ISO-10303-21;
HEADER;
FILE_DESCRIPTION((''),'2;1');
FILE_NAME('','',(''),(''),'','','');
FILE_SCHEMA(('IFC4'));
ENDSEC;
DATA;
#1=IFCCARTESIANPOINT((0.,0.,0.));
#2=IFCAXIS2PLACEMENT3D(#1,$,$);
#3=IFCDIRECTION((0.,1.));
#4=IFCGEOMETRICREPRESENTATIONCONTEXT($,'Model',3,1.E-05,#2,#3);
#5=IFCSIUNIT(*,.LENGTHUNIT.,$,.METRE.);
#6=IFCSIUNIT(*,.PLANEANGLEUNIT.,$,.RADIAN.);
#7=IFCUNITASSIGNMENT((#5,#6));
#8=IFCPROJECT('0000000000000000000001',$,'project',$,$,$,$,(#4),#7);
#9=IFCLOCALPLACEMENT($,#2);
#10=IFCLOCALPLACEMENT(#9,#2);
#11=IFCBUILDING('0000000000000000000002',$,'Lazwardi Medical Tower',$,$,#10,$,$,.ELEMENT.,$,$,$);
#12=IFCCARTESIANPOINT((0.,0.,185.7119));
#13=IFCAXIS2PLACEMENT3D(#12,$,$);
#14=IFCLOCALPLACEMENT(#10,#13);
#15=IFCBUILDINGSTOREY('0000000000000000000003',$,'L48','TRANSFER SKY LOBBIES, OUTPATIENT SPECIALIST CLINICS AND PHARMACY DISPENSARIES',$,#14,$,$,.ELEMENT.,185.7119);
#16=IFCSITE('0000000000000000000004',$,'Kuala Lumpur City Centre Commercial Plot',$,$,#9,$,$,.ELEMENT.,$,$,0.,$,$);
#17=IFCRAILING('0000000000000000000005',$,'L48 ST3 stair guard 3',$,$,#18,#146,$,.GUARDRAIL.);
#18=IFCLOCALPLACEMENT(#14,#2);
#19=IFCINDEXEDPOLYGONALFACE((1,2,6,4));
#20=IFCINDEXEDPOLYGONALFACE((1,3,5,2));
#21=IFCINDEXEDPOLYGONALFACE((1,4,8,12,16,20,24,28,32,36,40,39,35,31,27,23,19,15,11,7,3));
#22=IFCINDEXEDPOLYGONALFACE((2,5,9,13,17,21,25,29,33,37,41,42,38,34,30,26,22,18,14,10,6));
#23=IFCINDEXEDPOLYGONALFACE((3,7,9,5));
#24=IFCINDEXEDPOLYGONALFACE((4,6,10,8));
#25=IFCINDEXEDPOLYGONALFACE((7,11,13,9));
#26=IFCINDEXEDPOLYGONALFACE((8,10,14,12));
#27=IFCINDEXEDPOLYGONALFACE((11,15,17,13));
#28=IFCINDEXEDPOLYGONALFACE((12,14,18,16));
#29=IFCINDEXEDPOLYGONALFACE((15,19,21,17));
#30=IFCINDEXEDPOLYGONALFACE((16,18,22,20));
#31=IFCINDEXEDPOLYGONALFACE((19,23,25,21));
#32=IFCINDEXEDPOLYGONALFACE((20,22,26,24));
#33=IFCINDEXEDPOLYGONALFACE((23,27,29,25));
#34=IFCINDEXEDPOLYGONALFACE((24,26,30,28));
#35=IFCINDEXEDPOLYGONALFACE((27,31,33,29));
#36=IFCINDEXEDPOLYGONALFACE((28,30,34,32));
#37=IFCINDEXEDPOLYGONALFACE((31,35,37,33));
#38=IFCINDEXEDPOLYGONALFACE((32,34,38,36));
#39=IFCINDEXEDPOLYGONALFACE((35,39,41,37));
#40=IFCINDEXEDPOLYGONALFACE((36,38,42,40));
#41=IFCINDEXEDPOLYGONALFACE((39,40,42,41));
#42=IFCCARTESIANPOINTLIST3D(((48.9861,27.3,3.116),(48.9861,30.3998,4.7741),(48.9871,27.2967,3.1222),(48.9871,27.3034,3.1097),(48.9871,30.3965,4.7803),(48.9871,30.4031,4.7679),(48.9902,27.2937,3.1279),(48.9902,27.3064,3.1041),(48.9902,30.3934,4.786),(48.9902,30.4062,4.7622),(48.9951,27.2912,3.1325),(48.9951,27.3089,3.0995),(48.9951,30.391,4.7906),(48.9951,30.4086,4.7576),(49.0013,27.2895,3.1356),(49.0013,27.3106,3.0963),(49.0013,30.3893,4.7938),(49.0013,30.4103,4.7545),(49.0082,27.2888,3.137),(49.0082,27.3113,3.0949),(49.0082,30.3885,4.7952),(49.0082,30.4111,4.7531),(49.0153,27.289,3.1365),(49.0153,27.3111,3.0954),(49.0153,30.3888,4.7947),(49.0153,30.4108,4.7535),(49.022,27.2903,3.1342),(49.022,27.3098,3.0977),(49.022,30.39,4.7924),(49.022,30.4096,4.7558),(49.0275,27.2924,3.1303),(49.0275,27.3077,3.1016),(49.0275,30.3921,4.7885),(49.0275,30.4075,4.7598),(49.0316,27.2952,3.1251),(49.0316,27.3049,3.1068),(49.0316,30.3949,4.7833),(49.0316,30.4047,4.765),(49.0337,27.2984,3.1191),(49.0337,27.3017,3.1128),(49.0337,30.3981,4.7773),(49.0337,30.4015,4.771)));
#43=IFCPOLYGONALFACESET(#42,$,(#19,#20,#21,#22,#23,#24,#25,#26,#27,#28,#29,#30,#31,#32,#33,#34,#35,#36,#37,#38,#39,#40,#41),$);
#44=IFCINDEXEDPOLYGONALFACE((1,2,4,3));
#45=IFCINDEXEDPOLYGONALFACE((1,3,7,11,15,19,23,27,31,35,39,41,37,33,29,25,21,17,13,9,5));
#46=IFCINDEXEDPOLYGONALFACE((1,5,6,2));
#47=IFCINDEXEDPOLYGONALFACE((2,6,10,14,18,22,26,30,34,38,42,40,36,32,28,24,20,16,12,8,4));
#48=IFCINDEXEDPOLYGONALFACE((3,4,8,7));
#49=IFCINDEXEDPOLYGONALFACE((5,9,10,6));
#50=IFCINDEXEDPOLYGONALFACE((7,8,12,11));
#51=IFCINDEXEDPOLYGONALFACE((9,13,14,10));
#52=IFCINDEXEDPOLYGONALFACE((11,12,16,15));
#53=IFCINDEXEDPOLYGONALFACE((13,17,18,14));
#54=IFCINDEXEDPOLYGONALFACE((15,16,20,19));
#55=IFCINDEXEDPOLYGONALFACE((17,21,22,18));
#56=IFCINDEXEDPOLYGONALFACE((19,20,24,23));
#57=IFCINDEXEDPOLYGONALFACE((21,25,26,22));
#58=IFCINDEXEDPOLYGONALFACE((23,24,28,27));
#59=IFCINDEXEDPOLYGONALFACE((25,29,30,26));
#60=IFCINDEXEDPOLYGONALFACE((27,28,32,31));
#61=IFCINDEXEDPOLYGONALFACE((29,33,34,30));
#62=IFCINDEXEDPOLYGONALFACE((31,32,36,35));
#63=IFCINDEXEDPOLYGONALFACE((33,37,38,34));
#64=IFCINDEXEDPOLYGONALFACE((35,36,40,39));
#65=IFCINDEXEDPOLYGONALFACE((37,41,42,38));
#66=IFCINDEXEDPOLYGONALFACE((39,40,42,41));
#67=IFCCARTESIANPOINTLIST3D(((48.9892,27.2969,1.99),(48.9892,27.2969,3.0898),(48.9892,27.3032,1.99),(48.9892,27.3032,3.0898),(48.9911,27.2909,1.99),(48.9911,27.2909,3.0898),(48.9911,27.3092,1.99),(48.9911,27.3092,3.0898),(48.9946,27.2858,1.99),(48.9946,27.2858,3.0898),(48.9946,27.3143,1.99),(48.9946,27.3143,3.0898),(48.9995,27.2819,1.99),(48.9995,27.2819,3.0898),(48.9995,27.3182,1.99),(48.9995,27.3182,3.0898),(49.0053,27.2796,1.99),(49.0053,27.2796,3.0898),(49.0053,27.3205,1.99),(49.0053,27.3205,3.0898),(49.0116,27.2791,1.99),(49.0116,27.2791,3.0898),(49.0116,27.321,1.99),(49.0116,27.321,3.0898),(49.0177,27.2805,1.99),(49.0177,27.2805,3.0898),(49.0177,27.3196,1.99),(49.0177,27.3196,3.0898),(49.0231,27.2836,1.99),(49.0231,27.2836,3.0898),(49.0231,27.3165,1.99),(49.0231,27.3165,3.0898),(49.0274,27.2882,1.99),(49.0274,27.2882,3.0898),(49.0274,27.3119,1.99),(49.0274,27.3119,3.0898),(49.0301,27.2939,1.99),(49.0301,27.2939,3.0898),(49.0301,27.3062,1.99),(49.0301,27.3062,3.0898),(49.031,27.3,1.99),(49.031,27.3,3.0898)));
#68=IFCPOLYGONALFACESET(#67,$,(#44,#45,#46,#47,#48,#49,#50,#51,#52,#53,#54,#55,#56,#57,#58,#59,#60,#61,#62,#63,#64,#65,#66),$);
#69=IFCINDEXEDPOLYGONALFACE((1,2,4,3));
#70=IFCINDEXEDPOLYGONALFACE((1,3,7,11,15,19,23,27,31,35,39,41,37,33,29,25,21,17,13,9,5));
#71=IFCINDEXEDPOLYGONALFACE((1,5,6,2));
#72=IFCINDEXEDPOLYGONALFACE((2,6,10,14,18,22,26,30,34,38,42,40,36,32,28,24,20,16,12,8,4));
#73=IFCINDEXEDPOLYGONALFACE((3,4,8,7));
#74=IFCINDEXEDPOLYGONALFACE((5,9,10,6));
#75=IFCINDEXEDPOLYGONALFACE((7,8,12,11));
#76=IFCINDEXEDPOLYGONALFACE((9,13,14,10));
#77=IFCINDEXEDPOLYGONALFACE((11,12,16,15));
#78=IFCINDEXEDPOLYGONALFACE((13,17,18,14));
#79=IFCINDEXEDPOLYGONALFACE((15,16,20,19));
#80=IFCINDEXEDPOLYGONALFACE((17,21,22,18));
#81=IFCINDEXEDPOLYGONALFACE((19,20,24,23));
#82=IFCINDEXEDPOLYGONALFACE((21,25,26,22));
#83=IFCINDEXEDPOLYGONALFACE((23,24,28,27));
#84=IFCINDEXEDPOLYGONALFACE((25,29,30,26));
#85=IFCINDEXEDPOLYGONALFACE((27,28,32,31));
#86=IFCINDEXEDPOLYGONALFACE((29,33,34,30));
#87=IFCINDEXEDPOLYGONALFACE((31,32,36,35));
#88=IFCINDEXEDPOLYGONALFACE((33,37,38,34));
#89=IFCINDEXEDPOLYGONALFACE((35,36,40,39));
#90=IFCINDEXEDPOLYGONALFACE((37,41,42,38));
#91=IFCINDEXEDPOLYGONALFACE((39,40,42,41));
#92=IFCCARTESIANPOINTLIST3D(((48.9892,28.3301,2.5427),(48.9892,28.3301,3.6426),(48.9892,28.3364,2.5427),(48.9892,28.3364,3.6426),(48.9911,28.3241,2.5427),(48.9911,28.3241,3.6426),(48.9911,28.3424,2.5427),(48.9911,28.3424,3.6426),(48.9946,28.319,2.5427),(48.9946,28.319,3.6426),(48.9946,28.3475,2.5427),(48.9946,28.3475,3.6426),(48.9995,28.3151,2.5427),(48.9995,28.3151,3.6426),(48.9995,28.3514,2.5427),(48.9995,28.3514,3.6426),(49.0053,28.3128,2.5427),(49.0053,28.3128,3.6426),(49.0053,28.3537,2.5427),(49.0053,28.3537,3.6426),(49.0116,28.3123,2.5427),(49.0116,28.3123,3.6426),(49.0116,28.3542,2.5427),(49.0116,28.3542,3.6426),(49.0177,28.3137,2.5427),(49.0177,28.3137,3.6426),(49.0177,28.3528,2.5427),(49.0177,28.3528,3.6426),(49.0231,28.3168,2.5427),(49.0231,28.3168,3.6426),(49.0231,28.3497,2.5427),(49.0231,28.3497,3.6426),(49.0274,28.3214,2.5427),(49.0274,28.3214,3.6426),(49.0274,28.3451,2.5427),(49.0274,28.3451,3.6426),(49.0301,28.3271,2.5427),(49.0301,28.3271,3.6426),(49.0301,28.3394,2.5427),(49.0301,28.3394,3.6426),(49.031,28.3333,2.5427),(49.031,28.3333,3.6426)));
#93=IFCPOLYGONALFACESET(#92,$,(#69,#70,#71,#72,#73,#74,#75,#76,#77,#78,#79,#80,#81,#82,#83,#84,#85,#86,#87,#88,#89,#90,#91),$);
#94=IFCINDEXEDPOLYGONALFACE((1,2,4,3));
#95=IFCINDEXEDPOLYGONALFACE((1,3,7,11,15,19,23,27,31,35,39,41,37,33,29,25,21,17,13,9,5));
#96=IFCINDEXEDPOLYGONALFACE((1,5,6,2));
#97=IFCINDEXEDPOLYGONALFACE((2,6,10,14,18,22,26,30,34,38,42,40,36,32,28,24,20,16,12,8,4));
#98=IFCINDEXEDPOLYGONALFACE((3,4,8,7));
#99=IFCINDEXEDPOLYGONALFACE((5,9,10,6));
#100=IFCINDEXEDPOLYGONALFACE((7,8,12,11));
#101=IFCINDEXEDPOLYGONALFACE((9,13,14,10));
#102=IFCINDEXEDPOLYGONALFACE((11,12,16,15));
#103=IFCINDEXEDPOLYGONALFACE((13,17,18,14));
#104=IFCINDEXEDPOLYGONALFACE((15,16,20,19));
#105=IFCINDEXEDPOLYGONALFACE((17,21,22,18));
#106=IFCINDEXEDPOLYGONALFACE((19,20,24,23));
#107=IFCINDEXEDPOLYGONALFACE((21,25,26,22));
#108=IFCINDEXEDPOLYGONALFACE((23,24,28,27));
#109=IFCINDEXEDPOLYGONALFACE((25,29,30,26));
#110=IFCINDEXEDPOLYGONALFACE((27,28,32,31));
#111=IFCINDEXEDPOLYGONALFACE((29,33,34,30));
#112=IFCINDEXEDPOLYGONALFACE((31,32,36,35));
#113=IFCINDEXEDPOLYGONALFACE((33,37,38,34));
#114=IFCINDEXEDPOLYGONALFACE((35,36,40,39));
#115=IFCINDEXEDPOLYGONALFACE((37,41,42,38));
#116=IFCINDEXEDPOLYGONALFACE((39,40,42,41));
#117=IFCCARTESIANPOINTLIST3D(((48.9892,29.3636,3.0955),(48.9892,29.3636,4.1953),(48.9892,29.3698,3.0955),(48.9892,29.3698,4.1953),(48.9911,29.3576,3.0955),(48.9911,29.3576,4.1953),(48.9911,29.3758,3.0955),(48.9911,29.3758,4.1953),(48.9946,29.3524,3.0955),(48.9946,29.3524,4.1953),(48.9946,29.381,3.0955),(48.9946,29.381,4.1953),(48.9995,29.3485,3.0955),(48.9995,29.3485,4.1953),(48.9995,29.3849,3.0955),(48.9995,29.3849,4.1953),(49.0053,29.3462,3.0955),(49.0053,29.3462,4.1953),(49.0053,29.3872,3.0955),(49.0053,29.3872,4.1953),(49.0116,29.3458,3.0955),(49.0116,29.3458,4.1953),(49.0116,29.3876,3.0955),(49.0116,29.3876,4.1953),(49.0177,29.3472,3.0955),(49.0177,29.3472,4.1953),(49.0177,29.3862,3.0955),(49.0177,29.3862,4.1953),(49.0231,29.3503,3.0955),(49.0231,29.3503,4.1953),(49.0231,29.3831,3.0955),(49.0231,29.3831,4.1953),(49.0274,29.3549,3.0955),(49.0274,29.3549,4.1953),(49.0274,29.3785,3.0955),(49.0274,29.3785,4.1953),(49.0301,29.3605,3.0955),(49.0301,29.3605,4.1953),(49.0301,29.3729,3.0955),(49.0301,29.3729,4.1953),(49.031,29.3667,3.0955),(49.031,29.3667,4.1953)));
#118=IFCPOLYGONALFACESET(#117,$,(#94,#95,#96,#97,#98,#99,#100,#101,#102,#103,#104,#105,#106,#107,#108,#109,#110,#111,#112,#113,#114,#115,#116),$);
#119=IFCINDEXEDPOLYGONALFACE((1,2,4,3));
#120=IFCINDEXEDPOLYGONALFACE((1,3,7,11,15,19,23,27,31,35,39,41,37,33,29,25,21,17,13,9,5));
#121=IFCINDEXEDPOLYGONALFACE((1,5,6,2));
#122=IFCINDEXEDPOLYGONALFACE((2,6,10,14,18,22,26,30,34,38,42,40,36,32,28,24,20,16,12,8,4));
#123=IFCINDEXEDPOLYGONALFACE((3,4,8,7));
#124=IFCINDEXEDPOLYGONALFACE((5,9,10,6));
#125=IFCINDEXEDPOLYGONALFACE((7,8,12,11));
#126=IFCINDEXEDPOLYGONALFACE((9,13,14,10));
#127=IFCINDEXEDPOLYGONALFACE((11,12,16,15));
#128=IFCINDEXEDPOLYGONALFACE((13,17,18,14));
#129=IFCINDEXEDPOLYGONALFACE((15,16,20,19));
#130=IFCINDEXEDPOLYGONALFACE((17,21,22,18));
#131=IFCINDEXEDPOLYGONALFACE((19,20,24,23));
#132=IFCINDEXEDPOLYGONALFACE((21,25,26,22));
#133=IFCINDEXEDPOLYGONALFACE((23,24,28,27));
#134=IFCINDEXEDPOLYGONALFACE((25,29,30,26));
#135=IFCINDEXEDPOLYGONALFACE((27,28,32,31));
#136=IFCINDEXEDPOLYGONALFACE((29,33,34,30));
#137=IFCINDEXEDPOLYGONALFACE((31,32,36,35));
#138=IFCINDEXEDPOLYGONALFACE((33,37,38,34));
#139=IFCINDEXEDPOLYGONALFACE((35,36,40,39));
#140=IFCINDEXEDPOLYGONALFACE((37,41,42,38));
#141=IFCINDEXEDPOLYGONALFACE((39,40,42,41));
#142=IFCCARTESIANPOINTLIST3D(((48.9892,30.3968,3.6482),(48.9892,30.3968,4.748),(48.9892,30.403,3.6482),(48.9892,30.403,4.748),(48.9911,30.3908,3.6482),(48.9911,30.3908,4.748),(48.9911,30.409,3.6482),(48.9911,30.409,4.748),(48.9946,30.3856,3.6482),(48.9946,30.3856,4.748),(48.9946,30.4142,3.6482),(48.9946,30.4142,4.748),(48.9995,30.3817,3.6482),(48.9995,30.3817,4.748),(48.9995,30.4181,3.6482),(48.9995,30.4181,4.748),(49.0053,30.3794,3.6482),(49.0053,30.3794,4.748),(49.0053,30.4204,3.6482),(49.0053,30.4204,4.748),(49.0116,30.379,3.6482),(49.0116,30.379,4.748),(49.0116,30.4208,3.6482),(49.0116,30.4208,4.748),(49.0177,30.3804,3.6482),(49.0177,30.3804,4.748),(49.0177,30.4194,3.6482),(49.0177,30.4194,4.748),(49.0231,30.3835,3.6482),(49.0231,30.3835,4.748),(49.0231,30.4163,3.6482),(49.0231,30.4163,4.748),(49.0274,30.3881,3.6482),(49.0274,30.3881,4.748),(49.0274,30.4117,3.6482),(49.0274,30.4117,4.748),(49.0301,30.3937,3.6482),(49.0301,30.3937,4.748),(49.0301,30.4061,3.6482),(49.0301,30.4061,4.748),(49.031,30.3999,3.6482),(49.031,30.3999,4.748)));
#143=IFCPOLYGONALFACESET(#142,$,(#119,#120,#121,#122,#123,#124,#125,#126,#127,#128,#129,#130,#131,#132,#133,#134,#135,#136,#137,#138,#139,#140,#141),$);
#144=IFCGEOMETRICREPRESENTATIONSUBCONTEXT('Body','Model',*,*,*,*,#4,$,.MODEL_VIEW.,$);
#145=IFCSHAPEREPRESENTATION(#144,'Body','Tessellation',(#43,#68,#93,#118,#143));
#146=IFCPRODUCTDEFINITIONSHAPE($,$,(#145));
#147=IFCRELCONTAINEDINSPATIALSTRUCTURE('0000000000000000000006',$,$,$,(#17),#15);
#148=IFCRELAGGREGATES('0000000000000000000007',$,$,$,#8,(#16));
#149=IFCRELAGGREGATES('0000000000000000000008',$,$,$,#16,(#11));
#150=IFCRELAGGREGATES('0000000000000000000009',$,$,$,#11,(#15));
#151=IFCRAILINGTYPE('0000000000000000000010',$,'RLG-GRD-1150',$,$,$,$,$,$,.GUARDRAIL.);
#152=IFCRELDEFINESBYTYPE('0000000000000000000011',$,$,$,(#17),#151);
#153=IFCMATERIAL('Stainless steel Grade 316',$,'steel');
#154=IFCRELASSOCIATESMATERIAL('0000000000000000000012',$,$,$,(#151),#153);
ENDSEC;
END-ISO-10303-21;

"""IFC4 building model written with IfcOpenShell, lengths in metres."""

from ifc_helpers import new_model, si_unit, direction, frame, origin, origin_2d, place, context, subcontext, project, spatial, circle, extrude, material, type_object, element, save


model = new_model("IFC4")

# Units and contexts
model_context = context("Model", 3, precision=1e-05, world=origin(), true_north=direction((0.0, 1.0)))
body_context = subcontext(model_context, "Body", "Model", "MODEL_VIEW")
ifc_project = project(units=[si_unit("LENGTHUNIT", "METRE"), si_unit("PLANEANGLEUNIT", "RADIAN")], contexts=[model_context])

# Site, building, storey
site_placement = place(None, origin())
site = spatial("IfcSite", under=ifc_project, at=site_placement, Name="Kuala Lumpur City Centre Commercial Plot", CompositionType="ELEMENT", RefElevation=0.0)
building_placement = place(site_placement, origin())
building = spatial("IfcBuilding", under=site, at=building_placement, Name="Lazwardi Medical Tower", CompositionType="ELEMENT")
storey_placement = place(building_placement, frame((0.0, 0.0, 185.7119)))
storey = spatial("IfcBuildingStorey", under=building, at=storey_placement, Name="L48", Description="TRANSFER SKY LOBBIES, OUTPATIENT SPECIALIST CLINICS AND PHARMACY DISPENSARIES", CompositionType="ELEMENT", Elevation=185.7119)

# Railing
ifc_material_1 = material(Name="Stainless steel Grade 316", Category="steel")
railing_type_1 = type_object("IfcRailingType", Name="RLG-GRD-1150", PredefinedType="GUARDRAIL", material=ifc_material_1)
railing_1_placement = place(storey_placement, frame((49.01, 27.3, 1.99)))
element("IfcRailing", 1, at=railing_1_placement, inside=storey, type_object=railing_type_1, Name="L48 ST3 stair guard 3", PredefinedType="GUARDRAIL", context=body_context, shape_type="SweptSolid", body=[
    extrude(circle(Radius=0.0239, at=origin_2d()), frame((0.0, 0.0, 1.126), z_axis=(0.0, 0.881768, 0.471684), x_axis=(-1.0, 0.0, 0.0)), (0.0, 0.0, 1.0), 3.5154),
    extrude(circle(Radius=0.021, at=origin_2d()), origin(), (0.0, 0.0, 1.0), 1.0999),
    extrude(circle(Radius=0.021, at=origin_2d()), frame((0.0, 1.0332, 0.5527)), (0.0, 0.0, 1.0), 1.0999),
    extrude(circle(Radius=0.021, at=origin_2d()), frame((0.0, 2.0667, 1.1055)), (0.0, 0.0, 1.0), 1.0999),
    extrude(circle(Radius=0.021, at=origin_2d()), frame((0.0, 3.0999, 1.6582)), (0.0, 0.0, 1.0), 1.0999),
])

save(model, "model.ifc")
